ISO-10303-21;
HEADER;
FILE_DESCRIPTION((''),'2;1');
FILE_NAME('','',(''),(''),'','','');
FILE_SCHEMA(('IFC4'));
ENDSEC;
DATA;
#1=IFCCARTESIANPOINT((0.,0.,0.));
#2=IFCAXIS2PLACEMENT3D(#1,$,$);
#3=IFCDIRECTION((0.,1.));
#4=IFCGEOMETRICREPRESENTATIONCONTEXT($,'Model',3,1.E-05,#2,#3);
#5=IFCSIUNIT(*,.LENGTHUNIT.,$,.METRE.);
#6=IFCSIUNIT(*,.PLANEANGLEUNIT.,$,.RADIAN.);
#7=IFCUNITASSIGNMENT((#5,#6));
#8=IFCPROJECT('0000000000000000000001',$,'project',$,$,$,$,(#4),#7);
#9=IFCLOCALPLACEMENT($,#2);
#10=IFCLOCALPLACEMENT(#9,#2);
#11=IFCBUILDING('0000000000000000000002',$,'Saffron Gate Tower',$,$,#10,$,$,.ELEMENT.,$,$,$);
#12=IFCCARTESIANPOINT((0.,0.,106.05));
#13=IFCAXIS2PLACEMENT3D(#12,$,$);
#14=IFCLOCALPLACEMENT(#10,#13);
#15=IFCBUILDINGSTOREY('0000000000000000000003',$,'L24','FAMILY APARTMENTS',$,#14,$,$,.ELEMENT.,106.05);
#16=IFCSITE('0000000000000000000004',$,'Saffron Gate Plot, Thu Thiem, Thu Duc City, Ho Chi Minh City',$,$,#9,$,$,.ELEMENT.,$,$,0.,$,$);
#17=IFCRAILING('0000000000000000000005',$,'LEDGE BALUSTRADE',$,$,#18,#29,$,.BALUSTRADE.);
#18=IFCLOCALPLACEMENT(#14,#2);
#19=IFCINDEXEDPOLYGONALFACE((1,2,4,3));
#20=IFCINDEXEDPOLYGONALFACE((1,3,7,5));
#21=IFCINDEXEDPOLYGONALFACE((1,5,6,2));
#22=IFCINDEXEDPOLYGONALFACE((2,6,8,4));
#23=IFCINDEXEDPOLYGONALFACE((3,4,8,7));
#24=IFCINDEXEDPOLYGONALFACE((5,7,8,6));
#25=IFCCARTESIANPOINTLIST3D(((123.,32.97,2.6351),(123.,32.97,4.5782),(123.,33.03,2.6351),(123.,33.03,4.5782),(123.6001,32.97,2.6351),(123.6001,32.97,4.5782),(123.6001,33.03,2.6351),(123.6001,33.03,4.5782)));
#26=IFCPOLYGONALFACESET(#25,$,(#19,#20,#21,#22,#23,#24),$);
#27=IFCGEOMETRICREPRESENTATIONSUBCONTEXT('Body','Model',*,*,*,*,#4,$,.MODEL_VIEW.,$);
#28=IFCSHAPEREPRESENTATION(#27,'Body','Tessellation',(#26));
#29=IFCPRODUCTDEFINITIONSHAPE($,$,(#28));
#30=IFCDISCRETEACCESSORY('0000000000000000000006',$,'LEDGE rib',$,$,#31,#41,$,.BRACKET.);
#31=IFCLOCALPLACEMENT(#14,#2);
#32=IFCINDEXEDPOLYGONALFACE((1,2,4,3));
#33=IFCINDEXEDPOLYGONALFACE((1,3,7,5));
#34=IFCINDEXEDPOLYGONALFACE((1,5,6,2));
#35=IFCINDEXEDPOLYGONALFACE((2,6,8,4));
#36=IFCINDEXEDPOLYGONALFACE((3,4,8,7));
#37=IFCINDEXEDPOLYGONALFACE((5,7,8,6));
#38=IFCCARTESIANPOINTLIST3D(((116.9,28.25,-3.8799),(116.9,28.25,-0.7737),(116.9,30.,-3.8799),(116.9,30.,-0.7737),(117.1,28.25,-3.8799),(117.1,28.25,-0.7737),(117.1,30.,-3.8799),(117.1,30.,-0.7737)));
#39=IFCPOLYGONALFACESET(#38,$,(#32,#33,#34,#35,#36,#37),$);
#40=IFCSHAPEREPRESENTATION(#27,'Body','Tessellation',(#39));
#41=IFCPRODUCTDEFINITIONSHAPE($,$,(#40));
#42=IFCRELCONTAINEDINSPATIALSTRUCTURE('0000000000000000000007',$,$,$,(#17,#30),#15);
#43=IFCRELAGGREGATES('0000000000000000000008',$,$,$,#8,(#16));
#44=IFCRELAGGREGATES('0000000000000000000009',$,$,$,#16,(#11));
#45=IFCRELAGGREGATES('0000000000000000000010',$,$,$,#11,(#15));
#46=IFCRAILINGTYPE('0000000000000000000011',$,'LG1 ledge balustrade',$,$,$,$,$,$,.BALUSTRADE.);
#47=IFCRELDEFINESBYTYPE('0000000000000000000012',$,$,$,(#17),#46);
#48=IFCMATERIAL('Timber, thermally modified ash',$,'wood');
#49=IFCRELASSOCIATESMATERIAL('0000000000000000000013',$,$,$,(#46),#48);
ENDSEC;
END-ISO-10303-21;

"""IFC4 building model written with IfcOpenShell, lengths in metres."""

from ifc_helpers import new_model, si_unit, direction, frame, origin, origin_2d, place, context, subcontext, project, spatial, rectangle, extrude, material, type_object, element, save


model = new_model("IFC4")

# Units and contexts
model_context = context("Model", 3, precision=1e-05, world=origin(), true_north=direction((0.0, 1.0)))
body_context = subcontext(model_context, "Body", "Model", "MODEL_VIEW")
ifc_project = project(units=[si_unit("LENGTHUNIT", "METRE"), si_unit("PLANEANGLEUNIT", "RADIAN")], contexts=[model_context])

# Site, building, storey
site_placement = place(None, origin())
site = spatial("IfcSite", under=ifc_project, at=site_placement, Name="Saffron Gate Plot, Thu Thiem, Thu Duc City, Ho Chi Minh City", CompositionType="ELEMENT", RefElevation=0.0)
building_placement = place(site_placement, origin())
building = spatial("IfcBuilding", under=site, at=building_placement, Name="Saffron Gate Tower", CompositionType="ELEMENT")
storey_placement = place(building_placement, frame((0.0, 0.0, 106.05)))
storey = spatial("IfcBuildingStorey", under=building, at=storey_placement, Name="L24", Description="FAMILY APARTMENTS", CompositionType="ELEMENT", Elevation=106.05)

# Shared definitions
ifc_material_1 = material(Name="Timber, thermally modified ash", Category="wood")

# Railing
railing_type = type_object("IfcRailingType", Name="LG1 ledge balustrade", PredefinedType="BALUSTRADE", material=ifc_material_1)
railing_1_placement = place(storey_placement, frame((123.0, 33.0, 2.635)))
element("IfcRailing", 1, at=railing_1_placement, inside=storey, type_object=railing_type, Name="LEDGE BALUSTRADE", PredefinedType="BALUSTRADE", context=body_context, shape_type="SweptSolid", body=[
    extrude(rectangle(XDim=0.0601, YDim=1.9431, at=origin_2d()), frame((0.0, 0.0, 0.9717), z_axis=(1.0, 0.0, 0.0), x_axis=(0.0, 1.0, 0.0)), (0.0, 0.0, 1.0), 0.6001),
])

# Discrete accessory
discrete_accessory_placement = place(storey_placement, frame((117.0, 29.125, -3.8799), z_axis=(0.0, 0.0, 1.0), x_axis=(1.0, 0.0, 0.0)))
element("IfcDiscreteAccessory", 2, at=discrete_accessory_placement, inside=storey, Name="LEDGE rib", PredefinedType="BRACKET", context=body_context, shape_type="SweptSolid", body=[
    extrude(rectangle(XDim=0.2, YDim=1.75, at=origin_2d()), origin(), (0.0, 0.0, 1.0), 3.1062),
])

save(model, "model.ifc")
